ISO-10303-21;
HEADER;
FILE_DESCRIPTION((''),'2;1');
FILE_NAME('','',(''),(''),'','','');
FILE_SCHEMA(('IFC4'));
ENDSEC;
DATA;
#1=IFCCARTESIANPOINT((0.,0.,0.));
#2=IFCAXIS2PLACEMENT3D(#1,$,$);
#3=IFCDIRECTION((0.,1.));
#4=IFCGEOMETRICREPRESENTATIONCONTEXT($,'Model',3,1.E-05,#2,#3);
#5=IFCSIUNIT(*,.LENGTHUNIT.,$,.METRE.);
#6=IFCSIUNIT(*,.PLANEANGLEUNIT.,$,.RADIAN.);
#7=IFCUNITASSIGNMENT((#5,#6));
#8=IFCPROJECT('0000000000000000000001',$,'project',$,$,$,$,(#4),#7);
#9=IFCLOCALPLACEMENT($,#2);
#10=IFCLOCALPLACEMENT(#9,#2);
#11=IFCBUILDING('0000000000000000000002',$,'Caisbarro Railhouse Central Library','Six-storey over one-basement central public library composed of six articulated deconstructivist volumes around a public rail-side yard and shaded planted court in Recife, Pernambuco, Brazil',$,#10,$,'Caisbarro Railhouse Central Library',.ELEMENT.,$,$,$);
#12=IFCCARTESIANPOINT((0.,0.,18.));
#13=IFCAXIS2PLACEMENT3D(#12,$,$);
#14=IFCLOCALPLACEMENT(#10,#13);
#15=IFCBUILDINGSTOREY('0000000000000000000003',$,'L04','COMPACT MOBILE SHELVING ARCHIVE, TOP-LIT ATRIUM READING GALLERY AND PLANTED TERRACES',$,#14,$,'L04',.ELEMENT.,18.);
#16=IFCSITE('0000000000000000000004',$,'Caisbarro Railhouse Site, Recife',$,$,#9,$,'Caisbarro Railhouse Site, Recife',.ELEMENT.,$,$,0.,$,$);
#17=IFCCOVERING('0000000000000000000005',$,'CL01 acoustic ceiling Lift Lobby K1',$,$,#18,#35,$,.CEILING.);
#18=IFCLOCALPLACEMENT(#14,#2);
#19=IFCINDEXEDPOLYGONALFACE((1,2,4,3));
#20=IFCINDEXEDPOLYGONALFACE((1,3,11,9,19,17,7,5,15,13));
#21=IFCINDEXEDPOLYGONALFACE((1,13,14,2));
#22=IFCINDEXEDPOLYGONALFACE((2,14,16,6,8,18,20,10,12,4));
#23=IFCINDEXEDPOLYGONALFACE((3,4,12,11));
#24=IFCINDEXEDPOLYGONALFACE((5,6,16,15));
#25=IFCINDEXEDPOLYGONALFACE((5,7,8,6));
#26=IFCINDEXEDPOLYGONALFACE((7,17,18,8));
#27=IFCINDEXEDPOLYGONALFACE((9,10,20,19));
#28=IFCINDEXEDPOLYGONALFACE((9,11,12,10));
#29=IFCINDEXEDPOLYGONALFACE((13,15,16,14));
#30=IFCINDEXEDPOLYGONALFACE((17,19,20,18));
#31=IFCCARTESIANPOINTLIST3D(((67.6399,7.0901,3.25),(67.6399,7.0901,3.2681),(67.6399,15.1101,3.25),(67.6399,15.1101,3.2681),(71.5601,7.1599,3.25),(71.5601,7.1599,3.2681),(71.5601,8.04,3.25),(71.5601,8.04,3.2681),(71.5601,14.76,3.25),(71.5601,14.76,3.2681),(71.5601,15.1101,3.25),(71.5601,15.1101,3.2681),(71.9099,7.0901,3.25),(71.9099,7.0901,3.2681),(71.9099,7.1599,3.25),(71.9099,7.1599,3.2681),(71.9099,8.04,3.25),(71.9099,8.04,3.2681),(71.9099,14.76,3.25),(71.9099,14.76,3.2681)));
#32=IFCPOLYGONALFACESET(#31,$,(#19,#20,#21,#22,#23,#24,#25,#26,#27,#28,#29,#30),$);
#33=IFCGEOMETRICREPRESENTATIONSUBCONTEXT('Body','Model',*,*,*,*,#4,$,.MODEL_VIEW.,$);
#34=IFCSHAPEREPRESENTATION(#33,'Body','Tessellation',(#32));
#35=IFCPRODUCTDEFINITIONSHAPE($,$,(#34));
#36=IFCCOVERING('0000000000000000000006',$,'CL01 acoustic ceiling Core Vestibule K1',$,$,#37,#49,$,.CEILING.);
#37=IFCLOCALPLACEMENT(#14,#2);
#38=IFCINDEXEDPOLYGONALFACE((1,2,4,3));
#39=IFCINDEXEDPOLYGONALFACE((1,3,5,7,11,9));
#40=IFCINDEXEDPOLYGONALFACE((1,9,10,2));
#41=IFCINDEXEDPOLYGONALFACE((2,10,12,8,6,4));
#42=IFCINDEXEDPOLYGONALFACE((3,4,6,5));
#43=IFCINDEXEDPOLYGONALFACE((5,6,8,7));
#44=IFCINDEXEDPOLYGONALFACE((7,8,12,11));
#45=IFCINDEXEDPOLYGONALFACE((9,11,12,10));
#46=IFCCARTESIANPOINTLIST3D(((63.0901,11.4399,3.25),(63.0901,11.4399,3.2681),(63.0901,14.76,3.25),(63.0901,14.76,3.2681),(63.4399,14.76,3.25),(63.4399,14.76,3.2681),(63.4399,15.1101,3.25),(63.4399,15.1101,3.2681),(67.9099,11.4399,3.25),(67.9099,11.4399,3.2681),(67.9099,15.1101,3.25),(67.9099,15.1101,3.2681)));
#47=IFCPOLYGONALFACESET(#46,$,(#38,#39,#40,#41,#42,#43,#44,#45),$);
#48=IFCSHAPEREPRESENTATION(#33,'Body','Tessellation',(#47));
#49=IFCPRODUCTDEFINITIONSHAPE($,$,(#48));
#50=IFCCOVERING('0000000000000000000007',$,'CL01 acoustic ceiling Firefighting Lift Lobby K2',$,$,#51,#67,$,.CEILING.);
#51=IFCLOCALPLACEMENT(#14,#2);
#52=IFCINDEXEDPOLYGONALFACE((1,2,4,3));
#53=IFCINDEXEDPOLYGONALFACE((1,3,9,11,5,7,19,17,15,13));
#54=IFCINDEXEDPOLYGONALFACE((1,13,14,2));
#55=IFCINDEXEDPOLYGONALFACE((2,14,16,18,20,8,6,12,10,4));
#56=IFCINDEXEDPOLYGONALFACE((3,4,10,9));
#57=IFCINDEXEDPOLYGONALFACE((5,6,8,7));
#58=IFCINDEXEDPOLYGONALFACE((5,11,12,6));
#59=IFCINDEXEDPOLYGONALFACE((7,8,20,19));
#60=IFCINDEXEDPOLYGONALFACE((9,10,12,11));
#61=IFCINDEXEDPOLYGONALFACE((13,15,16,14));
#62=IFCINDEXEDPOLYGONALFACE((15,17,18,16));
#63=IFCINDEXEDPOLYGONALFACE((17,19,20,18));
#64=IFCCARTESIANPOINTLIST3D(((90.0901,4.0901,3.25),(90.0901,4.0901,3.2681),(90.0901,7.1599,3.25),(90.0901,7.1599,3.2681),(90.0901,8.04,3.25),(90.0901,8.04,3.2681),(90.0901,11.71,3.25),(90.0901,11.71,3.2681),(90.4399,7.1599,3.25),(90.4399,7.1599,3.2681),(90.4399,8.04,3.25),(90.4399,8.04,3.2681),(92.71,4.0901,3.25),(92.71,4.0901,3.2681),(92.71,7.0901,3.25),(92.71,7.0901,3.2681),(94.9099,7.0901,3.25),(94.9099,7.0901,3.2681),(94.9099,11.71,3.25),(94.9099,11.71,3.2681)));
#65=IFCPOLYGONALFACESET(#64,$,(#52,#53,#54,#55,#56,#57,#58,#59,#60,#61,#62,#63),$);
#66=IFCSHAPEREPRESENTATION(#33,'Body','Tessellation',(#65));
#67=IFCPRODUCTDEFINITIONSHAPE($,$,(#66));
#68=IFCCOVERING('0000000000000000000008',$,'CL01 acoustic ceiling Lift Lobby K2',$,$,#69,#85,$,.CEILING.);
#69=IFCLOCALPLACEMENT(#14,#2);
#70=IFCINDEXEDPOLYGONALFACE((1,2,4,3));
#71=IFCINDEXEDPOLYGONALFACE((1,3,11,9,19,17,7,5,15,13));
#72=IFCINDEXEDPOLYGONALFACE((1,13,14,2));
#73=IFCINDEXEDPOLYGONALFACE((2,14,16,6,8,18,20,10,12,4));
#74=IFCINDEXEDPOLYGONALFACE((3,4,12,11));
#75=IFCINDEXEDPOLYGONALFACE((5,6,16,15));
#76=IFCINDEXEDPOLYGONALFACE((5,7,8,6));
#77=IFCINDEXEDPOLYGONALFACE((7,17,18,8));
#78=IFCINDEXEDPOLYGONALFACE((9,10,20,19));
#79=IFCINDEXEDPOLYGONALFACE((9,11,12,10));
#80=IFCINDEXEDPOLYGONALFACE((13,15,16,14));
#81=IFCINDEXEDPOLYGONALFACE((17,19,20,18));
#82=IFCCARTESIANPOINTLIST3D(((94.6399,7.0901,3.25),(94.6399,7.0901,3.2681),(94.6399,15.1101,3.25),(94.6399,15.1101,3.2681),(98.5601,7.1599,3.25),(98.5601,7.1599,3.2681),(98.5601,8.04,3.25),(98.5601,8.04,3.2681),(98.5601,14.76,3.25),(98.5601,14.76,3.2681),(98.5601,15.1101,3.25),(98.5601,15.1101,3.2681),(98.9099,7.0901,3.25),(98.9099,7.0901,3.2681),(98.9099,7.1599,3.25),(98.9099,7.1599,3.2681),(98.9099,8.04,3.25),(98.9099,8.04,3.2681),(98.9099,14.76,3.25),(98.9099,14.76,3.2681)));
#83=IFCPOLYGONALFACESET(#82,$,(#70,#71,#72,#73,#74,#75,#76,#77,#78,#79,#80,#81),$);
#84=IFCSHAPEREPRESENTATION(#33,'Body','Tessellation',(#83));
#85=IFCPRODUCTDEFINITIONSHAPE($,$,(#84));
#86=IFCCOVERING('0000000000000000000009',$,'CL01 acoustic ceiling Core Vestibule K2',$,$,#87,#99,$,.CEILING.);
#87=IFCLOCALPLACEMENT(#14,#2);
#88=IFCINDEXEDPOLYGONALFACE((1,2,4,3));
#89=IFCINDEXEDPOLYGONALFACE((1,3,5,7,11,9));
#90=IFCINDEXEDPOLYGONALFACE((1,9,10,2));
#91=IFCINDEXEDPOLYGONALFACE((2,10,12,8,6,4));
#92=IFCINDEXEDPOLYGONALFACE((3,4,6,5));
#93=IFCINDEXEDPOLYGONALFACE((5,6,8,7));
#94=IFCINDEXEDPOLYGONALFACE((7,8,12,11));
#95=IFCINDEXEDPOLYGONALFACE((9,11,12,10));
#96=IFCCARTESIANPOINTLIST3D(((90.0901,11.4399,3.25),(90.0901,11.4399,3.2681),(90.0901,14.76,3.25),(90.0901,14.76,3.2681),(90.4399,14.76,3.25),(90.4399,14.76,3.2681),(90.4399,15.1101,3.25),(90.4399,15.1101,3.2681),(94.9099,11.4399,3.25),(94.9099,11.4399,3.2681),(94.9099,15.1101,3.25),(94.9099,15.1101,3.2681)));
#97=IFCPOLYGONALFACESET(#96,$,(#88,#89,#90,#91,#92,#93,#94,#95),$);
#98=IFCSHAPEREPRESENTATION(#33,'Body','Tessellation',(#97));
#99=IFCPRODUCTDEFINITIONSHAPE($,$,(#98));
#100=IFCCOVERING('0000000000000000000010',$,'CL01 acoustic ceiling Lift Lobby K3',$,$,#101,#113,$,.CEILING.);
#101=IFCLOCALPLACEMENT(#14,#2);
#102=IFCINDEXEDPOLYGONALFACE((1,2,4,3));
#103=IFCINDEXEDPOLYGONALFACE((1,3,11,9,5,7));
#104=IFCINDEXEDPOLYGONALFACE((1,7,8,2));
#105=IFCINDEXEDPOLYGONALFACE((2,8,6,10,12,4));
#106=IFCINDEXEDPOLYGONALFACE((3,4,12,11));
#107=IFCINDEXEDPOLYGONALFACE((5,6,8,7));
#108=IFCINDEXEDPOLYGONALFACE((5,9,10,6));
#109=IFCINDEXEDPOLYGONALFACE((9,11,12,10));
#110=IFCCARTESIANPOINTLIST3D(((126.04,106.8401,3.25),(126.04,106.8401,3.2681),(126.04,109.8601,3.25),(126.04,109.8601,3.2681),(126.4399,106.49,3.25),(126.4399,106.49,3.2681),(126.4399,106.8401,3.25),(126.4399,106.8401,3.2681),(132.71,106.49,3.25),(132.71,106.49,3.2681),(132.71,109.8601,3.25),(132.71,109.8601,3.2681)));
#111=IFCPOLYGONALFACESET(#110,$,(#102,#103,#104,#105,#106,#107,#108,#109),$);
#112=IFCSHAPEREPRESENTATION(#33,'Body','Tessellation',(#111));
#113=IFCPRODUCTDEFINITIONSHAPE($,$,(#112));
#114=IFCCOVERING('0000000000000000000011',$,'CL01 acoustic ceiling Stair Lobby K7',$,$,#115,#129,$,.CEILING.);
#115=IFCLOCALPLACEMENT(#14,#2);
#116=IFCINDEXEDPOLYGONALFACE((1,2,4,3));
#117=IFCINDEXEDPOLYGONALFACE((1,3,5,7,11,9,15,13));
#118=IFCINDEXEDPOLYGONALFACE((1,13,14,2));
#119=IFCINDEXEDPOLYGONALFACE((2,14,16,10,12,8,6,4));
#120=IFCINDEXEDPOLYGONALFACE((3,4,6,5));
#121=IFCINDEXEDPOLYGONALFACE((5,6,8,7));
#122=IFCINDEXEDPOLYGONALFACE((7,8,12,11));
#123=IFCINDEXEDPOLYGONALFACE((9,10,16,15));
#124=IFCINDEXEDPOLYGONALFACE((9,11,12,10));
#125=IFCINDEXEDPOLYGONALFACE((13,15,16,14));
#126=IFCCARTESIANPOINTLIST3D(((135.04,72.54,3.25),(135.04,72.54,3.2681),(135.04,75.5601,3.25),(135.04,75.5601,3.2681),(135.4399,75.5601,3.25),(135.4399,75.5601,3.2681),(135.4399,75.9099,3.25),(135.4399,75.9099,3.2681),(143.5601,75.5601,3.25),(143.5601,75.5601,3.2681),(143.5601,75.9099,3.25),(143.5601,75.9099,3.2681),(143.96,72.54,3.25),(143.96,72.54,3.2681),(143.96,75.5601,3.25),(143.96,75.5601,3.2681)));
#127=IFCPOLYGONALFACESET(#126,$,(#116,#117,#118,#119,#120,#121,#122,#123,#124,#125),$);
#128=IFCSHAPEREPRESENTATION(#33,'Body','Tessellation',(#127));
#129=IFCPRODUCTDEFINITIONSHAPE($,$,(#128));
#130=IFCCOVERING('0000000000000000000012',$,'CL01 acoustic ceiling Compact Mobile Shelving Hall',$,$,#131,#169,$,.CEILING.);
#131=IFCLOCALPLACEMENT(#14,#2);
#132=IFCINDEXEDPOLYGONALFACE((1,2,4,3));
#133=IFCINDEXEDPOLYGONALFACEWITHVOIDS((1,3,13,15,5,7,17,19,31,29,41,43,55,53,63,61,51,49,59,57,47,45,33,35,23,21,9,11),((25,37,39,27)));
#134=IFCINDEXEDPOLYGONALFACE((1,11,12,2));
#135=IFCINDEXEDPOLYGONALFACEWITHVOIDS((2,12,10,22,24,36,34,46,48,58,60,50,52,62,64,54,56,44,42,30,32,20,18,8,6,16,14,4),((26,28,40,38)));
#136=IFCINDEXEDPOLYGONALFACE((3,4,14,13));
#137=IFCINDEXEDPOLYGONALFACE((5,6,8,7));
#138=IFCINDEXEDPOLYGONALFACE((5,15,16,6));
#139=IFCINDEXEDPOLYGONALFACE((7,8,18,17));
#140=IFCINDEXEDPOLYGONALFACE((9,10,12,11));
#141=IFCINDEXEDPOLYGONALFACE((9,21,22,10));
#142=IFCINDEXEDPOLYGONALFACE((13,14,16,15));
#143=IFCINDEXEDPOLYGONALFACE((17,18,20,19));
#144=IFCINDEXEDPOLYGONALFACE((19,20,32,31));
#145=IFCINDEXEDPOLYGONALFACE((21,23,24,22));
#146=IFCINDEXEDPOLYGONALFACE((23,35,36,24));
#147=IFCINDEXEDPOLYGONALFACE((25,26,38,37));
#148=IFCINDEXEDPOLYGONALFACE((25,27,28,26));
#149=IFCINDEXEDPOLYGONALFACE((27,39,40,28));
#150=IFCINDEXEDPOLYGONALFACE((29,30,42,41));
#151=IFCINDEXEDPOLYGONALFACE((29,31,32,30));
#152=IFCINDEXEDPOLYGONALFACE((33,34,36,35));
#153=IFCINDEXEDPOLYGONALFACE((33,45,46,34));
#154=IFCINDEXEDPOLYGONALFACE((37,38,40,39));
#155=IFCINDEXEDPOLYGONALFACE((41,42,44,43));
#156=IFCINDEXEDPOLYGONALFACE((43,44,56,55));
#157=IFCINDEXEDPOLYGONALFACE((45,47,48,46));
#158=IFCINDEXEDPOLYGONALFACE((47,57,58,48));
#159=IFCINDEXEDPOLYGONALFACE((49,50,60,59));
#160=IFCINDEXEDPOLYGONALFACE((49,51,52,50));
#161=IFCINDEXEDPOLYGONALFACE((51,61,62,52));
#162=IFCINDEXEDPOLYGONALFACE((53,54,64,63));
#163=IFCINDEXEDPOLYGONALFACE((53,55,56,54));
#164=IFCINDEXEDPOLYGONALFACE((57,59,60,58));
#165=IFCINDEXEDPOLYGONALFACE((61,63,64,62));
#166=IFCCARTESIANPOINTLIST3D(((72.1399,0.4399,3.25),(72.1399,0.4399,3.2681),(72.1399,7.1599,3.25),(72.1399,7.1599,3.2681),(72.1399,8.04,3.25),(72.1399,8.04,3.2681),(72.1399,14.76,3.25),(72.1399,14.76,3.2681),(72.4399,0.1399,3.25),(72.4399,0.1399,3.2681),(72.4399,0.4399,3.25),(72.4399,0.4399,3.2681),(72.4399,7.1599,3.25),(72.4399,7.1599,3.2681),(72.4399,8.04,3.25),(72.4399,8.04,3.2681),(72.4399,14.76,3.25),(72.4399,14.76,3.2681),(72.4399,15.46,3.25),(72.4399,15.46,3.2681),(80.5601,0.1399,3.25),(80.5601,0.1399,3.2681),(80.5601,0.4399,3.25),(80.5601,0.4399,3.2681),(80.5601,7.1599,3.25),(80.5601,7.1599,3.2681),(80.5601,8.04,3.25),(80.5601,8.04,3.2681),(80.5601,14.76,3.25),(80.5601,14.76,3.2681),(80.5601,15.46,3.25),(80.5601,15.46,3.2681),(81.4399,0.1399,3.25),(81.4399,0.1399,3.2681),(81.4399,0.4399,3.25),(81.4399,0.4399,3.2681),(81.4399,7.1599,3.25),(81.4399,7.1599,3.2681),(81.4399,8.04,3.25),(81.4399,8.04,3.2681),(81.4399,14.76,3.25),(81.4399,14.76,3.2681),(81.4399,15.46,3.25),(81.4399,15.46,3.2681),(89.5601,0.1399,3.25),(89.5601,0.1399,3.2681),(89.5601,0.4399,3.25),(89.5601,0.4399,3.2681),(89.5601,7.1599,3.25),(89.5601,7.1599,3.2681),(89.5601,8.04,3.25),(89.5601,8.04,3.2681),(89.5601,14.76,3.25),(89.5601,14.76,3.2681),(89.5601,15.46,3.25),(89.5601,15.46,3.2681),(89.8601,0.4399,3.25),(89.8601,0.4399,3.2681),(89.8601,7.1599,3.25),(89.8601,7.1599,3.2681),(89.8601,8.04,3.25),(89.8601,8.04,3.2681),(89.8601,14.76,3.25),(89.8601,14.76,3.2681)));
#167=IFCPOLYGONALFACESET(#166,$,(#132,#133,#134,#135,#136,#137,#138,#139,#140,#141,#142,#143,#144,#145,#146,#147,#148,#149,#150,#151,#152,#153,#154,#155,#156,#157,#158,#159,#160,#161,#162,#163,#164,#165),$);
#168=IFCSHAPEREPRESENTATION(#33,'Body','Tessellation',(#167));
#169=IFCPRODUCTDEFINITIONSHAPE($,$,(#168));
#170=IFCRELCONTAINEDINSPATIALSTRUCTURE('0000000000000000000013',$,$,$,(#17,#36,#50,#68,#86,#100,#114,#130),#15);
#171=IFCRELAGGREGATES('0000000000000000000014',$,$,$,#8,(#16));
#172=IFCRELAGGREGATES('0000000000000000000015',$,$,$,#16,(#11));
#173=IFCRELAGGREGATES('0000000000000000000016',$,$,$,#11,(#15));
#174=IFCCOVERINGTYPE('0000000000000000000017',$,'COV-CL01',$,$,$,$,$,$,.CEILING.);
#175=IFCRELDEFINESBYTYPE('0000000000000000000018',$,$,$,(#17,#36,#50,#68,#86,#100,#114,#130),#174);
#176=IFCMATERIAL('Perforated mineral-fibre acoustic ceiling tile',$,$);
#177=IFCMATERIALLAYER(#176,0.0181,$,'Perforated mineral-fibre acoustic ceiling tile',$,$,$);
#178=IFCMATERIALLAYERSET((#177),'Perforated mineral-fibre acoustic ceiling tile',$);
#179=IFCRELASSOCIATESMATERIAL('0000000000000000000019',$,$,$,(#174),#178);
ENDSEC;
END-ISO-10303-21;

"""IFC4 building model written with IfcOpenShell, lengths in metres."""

from ifc_helpers import new_model, si_unit, direction, frame, origin, place, context, subcontext, project, spatial, polyline, outline, extrude, material, layer, layer_set, type_object, element, save


model = new_model("IFC4")

# Units and contexts
model_context = context("Model", 3, precision=1e-05, world=origin(), true_north=direction((0.0, 1.0)))
body_context = subcontext(model_context, "Body", "Model", "MODEL_VIEW")
ifc_project = project(units=[si_unit("LENGTHUNIT", "METRE"), si_unit("PLANEANGLEUNIT", "RADIAN")], contexts=[model_context])

# Site, building, storey
site_placement = place(None, origin())
site = spatial("IfcSite", under=ifc_project, at=site_placement, Name="Caisbarro Railhouse Site, Recife", LongName="Caisbarro Railhouse Site, Recife", CompositionType="ELEMENT", RefElevation=0.0)
building_placement = place(site_placement, origin())
building = spatial("IfcBuilding", under=site, at=building_placement, Name="Caisbarro Railhouse Central Library", Description="Six-storey over one-basement central public library composed of six articulated deconstructivist volumes around a public rail-side yard and shaded planted court in Recife, Pernambuco, Brazil", LongName="Caisbarro Railhouse Central Library", CompositionType="ELEMENT")
storey_placement = place(building_placement, frame((0.0, 0.0, 18.0)))
storey = spatial("IfcBuildingStorey", under=building, at=storey_placement, Name="L04", Description="COMPACT MOBILE SHELVING ARCHIVE, TOP-LIT ATRIUM READING GALLERY AND PLANTED TERRACES", LongName="L04", CompositionType="ELEMENT", Elevation=18.0)

# Coverings
ifc_material_1 = material(Name="Perforated mineral-fibre acoustic ceiling tile")
ifc_layer_1 = layer(ifc_material_1, 0.0181, Name="Perforated mineral-fibre acoustic ceiling tile")
ifc_layer_set_1 = layer_set([ifc_layer_1], Name="Perforated mineral-fibre acoustic ceiling tile")
covering_type_1 = type_object("IfcCoveringType", Name="COV-CL01", PredefinedType="CEILING", material=ifc_layer_set_1)
covering_1_placement = place(storey_placement, frame((0.0, 0.0, 3.25)))
element("IfcCovering", 1, at=covering_1_placement, inside=storey, type_object=covering_type_1, Name="CL01 acoustic ceiling Lift Lobby K1", PredefinedType="CEILING", context=body_context, shape_type="SweptSolid", body=[
    extrude(outline(polyline([(71.5601, 15.1101), (71.5601, 14.76), (71.9099, 14.76), (71.9099, 8.04), (71.5601, 8.04), (71.5601, 7.1599), (71.9099, 7.1599), (71.9099, 7.0901), (67.6399, 7.0901), (67.6399, 15.1101), (71.5601, 15.1101)])), origin(), (0.0, 0.0, 1.0), 0.0181),
])
covering_2_placement = place(storey_placement, frame((0.0, 0.0, 3.25)))
element("IfcCovering", 2, at=covering_2_placement, inside=storey, type_object=covering_type_1, Name="CL01 acoustic ceiling Core Vestibule K1", PredefinedType="CEILING", context=body_context, shape_type="SweptSolid", body=[
    extrude(outline(polyline([(63.0901, 14.76), (63.4399, 14.76), (63.4399, 15.1101), (67.9099, 15.1101), (67.9099, 11.4399), (63.0901, 11.4399), (63.0901, 14.76)])), origin(), (0.0, 0.0, 1.0), 0.0181),
])
covering_3_placement = place(storey_placement, frame((0.0, 0.0, 3.25)))
element("IfcCovering", 3, at=covering_3_placement, inside=storey, type_object=covering_type_1, Name="CL01 acoustic ceiling Firefighting Lift Lobby K2", PredefinedType="CEILING", context=body_context, shape_type="SweptSolid", body=[
    extrude(outline(polyline([(90.0901, 7.1599), (90.4399, 7.1599), (90.4399, 8.04), (90.0901, 8.04), (90.0901, 11.71), (94.9099, 11.71), (94.9099, 7.0901), (92.71, 7.0901), (92.71, 4.0901), (90.0901, 4.0901), (90.0901, 7.1599)])), origin(), (0.0, 0.0, 1.0), 0.0181),
])
covering_4_placement = place(storey_placement, frame((0.0, 0.0, 3.25)))
element("IfcCovering", 4, at=covering_4_placement, inside=storey, type_object=covering_type_1, Name="CL01 acoustic ceiling Lift Lobby K2", PredefinedType="CEILING", context=body_context, shape_type="SweptSolid", body=[
    extrude(outline(polyline([(98.5601, 15.1101), (98.5601, 14.76), (98.9099, 14.76), (98.9099, 8.04), (98.5601, 8.04), (98.5601, 7.1599), (98.9099, 7.1599), (98.9099, 7.0901), (94.6399, 7.0901), (94.6399, 15.1101), (98.5601, 15.1101)])), origin(), (0.0, 0.0, 1.0), 0.0181),
])
covering_5_placement = place(storey_placement, frame((0.0, 0.0, 3.25)))
element("IfcCovering", 5, at=covering_5_placement, inside=storey, type_object=covering_type_1, Name="CL01 acoustic ceiling Core Vestibule K2", PredefinedType="CEILING", context=body_context, shape_type="SweptSolid", body=[
    extrude(outline(polyline([(90.0901, 14.76), (90.4399, 14.76), (90.4399, 15.1101), (94.9099, 15.1101), (94.9099, 11.4399), (90.0901, 11.4399), (90.0901, 14.76)])), origin(), (0.0, 0.0, 1.0), 0.0181),
])
covering_6_placement = place(storey_placement, frame((0.0, 0.0, 3.25)))
element("IfcCovering", 6, at=covering_6_placement, inside=storey, type_object=covering_type_1, Name="CL01 acoustic ceiling Lift Lobby K3", PredefinedType="CEILING", context=body_context, shape_type="SweptSolid", body=[
    extrude(outline(polyline([(126.04, 109.8601), (132.71, 109.8601), (132.71, 106.49), (126.4399, 106.49), (126.4399, 106.8401), (126.04, 106.8401), (126.04, 109.8601)])), origin(), (0.0, 0.0, 1.0), 0.0181),
])
covering_7_placement = place(storey_placement, frame((0.0, 0.0, 3.25)))
element("IfcCovering", 7, at=covering_7_placement, inside=storey, type_object=covering_type_1, Name="CL01 acoustic ceiling Stair Lobby K7", PredefinedType="CEILING", context=body_context, shape_type="SweptSolid", body=[
    extrude(outline(polyline([(135.4399, 75.5601), (135.4399, 75.9099), (143.5601, 75.9099), (143.5601, 75.5601), (143.96, 75.5601), (143.96, 72.54), (135.04, 72.54), (135.04, 75.5601), (135.4399, 75.5601)])), origin(), (0.0, 0.0, 1.0), 0.0181),
])
covering_8_placement = place(storey_placement, frame((0.0, 0.0, 3.25)))
element("IfcCovering", 8, at=covering_8_placement, inside=storey, type_object=covering_type_1, Name="CL01 acoustic ceiling Compact Mobile Shelving Hall", PredefinedType="CEILING", context=body_context, shape_type="SweptSolid", body=[
    extrude(outline(polyline([(72.4399, 0.4399), (72.1399, 0.4399), (72.1399, 7.1599), (72.4399, 7.1599), (72.4399, 8.04), (72.1399, 8.04), (72.1399, 14.76), (72.4399, 14.76), (72.4399, 15.46), (80.5601, 15.46), (80.5601, 14.76), (81.4399, 14.76), (81.4399, 15.46), (89.5601, 15.46), (89.5601, 14.76), (89.8601, 14.76), (89.8601, 8.04), (89.5601, 8.04), (89.5601, 7.1599), (89.8601, 7.1599), (89.8601, 0.4399), (89.5601, 0.4399), (89.5601, 0.1399), (81.4399, 0.1399), (81.4399, 0.4399), (80.5601, 0.4399), (80.5601, 0.1399), (72.4399, 0.1399), (72.4399, 0.4399)]), holes=[polyline([(81.4399, 8.04), (80.5601, 8.04), (80.5601, 7.1599), (81.4399, 7.1599), (81.4399, 8.04)])]), origin(), (0.0, 0.0, 1.0), 0.0181),
])

save(model, "model.ifc")
